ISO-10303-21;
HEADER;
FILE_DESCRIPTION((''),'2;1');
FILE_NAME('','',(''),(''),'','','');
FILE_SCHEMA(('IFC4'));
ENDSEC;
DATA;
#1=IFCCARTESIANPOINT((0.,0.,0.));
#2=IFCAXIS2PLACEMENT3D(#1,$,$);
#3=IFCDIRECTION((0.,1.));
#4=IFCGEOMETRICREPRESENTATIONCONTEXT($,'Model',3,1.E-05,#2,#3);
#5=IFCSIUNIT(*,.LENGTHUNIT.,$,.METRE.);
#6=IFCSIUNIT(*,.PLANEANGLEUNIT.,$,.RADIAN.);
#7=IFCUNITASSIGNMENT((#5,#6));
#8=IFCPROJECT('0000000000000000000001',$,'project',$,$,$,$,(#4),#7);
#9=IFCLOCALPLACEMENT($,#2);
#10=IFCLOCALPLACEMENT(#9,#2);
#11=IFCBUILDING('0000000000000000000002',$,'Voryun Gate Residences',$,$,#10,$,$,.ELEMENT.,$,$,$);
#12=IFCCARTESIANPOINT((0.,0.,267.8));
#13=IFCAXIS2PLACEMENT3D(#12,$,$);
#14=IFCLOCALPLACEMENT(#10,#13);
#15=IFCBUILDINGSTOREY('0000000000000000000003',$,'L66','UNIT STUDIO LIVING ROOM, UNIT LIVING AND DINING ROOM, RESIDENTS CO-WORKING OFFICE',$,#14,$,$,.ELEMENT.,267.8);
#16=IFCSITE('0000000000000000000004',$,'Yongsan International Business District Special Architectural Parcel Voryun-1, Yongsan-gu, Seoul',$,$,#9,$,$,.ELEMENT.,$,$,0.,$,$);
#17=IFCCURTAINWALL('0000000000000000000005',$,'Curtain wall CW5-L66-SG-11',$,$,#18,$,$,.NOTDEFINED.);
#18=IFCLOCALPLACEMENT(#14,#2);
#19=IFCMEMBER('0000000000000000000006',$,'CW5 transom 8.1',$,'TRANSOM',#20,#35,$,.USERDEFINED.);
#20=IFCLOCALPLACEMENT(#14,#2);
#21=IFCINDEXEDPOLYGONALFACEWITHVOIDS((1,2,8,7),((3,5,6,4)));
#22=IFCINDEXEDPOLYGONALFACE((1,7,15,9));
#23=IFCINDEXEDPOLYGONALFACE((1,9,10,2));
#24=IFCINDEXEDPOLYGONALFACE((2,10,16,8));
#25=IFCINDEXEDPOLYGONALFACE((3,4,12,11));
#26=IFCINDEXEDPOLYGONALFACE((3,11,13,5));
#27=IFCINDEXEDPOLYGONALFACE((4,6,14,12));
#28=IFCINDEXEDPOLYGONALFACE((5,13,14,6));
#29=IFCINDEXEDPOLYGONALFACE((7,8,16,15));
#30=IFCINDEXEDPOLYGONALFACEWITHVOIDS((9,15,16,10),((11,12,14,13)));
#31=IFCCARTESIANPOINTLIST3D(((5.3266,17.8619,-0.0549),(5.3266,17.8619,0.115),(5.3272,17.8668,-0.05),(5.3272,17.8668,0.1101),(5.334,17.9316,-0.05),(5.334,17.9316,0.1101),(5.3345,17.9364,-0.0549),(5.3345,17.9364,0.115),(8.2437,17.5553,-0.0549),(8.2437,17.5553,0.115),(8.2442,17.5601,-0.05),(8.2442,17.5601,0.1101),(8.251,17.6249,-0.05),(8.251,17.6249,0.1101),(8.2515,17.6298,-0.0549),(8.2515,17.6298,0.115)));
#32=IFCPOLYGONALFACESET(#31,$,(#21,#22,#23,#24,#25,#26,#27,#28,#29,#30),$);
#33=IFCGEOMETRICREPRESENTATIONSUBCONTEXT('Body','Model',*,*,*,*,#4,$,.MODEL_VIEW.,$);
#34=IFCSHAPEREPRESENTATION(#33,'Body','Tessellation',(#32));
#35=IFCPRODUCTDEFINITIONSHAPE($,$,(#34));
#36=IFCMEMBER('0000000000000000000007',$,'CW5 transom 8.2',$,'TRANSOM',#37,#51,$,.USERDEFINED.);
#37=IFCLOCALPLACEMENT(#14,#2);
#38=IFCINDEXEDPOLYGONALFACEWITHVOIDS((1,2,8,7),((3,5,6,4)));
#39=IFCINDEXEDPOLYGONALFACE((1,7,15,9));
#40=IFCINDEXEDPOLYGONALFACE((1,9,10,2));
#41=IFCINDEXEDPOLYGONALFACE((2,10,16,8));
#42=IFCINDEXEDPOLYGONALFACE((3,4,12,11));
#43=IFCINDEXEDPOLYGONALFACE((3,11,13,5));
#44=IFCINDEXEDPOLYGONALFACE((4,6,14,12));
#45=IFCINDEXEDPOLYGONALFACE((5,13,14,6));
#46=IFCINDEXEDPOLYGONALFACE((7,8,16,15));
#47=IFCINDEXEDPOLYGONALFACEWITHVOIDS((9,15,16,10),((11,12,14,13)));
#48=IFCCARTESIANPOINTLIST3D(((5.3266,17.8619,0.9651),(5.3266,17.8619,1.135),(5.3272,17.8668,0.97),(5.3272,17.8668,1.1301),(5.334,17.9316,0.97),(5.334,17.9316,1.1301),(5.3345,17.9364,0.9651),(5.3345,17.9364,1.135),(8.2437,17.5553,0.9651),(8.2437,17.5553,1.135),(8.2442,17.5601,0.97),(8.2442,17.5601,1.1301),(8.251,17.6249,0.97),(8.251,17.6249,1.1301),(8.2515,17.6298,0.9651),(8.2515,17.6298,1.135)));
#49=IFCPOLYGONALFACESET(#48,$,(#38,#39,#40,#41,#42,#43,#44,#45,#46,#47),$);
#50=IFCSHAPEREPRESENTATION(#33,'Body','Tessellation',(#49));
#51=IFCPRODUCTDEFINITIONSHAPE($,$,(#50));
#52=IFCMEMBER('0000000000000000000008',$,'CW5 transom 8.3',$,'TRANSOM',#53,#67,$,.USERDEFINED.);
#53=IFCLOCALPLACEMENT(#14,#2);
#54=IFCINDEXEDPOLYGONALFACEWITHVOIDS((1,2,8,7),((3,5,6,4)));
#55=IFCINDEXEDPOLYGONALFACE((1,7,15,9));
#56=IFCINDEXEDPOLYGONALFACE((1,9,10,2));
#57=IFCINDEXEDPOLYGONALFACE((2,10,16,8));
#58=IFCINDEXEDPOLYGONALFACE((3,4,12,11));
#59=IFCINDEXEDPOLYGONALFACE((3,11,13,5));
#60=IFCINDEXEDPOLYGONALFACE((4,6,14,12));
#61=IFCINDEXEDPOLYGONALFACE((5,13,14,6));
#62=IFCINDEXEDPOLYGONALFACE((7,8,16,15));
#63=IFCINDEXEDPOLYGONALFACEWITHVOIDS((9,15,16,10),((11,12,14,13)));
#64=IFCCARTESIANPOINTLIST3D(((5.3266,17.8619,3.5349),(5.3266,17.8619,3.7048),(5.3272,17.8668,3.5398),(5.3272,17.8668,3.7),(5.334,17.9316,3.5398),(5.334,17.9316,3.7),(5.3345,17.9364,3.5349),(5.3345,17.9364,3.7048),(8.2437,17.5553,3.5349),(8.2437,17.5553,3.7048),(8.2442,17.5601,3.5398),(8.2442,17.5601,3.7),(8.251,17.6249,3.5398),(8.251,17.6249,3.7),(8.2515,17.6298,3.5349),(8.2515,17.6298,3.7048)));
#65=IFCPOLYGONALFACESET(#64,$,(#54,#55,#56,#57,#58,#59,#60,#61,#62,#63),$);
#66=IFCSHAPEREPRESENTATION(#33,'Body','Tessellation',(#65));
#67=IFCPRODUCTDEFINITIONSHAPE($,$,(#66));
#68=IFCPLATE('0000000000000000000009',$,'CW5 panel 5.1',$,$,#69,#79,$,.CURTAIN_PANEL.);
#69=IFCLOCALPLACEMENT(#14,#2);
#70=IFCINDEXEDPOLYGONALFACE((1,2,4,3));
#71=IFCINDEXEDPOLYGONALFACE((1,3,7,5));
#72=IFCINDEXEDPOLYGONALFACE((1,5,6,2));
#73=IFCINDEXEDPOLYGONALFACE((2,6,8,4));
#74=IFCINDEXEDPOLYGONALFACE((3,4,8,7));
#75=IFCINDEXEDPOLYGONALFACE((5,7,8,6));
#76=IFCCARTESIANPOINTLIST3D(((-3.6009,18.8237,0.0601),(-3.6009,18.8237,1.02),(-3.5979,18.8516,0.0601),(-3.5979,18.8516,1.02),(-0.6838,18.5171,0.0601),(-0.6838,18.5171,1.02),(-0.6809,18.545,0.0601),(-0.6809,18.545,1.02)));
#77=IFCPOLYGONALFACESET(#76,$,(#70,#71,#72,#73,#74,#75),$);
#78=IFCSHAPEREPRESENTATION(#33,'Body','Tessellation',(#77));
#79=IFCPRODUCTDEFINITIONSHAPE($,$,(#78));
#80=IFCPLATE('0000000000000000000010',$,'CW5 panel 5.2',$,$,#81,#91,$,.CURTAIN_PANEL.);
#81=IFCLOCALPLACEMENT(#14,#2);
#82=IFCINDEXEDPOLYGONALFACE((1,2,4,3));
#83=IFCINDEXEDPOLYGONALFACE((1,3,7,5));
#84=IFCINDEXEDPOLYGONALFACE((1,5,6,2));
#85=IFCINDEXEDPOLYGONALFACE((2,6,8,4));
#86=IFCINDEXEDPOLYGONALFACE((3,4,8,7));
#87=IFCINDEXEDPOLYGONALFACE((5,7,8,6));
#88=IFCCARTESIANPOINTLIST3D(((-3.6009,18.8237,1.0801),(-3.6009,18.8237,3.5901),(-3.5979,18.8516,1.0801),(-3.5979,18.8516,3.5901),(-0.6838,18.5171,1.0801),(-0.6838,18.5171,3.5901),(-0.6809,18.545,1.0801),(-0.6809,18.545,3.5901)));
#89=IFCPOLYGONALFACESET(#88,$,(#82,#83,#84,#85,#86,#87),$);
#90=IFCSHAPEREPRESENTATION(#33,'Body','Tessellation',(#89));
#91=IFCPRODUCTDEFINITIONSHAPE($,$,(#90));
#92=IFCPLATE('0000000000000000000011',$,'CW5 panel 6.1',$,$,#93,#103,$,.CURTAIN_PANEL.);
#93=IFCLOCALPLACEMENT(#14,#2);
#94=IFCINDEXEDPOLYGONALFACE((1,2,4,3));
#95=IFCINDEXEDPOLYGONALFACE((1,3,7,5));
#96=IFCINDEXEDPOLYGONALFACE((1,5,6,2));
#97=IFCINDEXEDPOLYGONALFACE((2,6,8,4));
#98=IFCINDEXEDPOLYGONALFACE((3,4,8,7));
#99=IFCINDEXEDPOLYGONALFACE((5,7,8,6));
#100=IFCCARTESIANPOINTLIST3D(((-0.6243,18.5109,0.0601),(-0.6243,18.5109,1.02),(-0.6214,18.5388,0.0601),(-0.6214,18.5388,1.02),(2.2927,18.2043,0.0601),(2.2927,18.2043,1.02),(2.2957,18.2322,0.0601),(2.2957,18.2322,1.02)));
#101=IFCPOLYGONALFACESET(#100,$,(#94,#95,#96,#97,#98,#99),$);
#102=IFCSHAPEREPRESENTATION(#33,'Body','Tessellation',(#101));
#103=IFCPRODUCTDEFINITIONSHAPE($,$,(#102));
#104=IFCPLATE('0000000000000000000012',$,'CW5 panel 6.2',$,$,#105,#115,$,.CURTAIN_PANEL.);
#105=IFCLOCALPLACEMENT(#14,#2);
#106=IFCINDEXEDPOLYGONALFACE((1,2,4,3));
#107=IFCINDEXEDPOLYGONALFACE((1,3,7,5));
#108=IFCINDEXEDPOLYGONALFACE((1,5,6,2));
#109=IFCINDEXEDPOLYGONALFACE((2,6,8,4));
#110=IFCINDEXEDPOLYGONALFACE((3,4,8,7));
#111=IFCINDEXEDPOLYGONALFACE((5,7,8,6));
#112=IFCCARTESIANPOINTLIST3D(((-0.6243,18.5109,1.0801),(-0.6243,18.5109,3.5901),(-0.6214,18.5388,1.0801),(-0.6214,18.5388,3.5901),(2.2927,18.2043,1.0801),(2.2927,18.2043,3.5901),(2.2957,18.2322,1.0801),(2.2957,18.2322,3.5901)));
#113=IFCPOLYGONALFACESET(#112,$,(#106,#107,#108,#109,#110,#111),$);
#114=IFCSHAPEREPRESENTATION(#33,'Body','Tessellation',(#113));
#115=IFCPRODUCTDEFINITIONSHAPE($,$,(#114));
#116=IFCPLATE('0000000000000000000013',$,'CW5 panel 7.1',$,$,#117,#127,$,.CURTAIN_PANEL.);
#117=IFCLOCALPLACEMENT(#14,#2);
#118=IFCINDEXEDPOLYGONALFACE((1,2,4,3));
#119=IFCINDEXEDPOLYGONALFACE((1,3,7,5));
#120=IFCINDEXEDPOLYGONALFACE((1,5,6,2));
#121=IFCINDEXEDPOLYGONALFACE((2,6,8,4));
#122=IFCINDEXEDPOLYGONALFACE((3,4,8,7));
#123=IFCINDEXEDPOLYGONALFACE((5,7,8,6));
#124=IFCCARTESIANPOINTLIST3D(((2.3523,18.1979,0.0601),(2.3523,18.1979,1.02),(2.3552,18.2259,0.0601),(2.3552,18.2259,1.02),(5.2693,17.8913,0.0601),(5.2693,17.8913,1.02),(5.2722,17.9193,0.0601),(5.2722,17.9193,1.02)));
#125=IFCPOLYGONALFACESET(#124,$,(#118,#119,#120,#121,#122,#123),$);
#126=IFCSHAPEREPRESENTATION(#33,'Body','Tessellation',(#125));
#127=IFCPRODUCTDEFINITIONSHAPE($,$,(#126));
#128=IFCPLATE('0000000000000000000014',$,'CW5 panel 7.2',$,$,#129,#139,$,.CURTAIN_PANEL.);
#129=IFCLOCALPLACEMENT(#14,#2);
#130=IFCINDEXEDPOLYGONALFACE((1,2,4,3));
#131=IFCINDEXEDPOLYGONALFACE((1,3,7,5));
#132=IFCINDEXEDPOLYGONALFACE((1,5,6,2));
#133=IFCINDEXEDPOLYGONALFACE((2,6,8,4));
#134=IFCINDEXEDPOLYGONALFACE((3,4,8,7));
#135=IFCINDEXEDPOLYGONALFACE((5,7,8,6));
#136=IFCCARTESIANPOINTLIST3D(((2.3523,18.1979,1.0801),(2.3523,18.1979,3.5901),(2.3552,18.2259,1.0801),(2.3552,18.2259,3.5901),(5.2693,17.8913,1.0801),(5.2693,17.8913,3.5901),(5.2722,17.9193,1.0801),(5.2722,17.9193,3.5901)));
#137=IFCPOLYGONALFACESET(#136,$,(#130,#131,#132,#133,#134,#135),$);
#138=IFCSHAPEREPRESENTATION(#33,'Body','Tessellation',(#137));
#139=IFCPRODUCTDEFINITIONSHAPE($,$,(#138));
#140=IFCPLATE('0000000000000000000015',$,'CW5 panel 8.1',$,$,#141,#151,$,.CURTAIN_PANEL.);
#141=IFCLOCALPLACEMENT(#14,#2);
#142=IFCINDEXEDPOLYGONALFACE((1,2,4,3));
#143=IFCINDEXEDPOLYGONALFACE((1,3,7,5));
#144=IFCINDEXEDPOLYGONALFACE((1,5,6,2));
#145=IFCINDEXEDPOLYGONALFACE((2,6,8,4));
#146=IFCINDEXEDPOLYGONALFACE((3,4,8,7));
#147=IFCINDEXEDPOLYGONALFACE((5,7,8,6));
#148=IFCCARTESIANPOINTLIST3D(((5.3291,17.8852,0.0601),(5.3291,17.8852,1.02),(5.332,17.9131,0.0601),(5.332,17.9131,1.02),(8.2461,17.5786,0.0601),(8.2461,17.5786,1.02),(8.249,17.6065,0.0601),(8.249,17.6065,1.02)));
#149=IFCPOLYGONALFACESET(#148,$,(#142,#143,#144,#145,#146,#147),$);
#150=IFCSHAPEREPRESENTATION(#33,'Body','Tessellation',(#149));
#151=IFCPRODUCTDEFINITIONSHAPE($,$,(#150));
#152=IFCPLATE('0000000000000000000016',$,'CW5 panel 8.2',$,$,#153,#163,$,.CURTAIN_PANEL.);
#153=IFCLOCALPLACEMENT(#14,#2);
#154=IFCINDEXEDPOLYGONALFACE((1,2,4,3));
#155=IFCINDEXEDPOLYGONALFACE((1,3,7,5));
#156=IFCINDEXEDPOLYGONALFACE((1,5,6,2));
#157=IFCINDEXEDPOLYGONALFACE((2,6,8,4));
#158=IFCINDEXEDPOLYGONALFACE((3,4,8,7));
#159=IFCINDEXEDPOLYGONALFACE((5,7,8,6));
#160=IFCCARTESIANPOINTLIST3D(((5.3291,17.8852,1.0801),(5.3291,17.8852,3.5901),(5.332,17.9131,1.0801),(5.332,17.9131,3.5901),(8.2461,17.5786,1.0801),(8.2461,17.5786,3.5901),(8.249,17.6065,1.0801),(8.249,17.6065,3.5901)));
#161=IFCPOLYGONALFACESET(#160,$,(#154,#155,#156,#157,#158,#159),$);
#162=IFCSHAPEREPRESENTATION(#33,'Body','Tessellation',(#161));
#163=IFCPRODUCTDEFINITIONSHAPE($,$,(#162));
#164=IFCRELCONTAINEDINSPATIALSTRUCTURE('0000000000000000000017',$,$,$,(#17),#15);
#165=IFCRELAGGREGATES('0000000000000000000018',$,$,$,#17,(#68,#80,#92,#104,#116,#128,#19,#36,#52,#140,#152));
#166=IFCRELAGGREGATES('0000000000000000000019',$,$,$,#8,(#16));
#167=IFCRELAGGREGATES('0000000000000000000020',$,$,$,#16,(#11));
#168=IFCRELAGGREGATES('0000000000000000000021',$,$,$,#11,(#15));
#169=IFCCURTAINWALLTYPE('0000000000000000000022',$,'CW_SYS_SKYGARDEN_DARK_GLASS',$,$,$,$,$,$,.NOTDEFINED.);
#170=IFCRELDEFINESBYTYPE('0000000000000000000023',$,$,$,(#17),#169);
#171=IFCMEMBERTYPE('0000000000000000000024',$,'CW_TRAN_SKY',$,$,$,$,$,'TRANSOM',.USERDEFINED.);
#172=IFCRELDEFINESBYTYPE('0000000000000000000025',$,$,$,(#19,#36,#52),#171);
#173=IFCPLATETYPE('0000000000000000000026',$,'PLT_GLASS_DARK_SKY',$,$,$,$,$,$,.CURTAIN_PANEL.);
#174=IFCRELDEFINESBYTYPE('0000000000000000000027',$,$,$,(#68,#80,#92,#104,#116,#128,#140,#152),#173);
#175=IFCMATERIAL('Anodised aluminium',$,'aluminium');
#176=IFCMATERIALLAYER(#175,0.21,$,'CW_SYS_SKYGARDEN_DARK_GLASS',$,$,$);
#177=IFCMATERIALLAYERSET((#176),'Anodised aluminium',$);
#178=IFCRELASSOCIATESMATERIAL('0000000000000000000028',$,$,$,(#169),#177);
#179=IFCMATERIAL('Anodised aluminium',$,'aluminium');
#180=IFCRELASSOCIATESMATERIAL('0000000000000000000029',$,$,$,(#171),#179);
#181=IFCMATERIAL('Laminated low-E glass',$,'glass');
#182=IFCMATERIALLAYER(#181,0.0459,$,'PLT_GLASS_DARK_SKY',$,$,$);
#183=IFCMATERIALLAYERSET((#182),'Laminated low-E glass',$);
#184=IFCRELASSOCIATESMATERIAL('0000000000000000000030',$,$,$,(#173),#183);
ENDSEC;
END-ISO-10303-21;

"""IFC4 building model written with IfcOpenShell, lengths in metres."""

from ifc_helpers import new_model, si_unit, direction, frame, origin, origin_2d, place, context, subcontext, project, spatial, rectangle, hollow_rectangle, extrude, material, layer, layer_set, material_profile, profile_set, type_object, element, aggregate, save


model = new_model("IFC4")

# Units and contexts
model_context = context("Model", 3, precision=1e-05, world=origin(), true_north=direction((0.0, 1.0)))
body_context = subcontext(model_context, "Body", "Model", "MODEL_VIEW")
ifc_project = project(units=[si_unit("LENGTHUNIT", "METRE"), si_unit("PLANEANGLEUNIT", "RADIAN")], contexts=[model_context])

# Site, building, storey
site_placement = place(None, origin())
site = spatial("IfcSite", under=ifc_project, at=site_placement, Name="Yongsan International Business District Special Architectural Parcel Voryun-1, Yongsan-gu, Seoul", CompositionType="ELEMENT", RefElevation=0.0)
building_placement = place(site_placement, origin())
building = spatial("IfcBuilding", under=site, at=building_placement, Name="Voryun Gate Residences", CompositionType="ELEMENT")
storey_placement = place(building_placement, frame((0.0, 0.0, 267.8)))
storey = spatial("IfcBuildingStorey", under=building, at=storey_placement, Name="L66", Description="UNIT STUDIO LIVING ROOM, UNIT LIVING AND DINING ROOM, RESIDENTS CO-WORKING OFFICE", CompositionType="ELEMENT", Elevation=267.8)

# Curtain wall, members, plates
ifc_material_1 = material(Name="Anodised aluminium", Category="aluminium")
ifc_layer_1 = layer(ifc_material_1, 0.21, Name="CW_SYS_SKYGARDEN_DARK_GLASS")
ifc_layer_set_1 = layer_set([ifc_layer_1], Name="Anodised aluminium")
curtain_wall_type = type_object("IfcCurtainWallType", Name="CW_SYS_SKYGARDEN_DARK_GLASS", PredefinedType="NOTDEFINED", material=ifc_layer_set_1)
curtain_wall_placement = place(storey_placement, origin())
curtain_wall = element("IfcCurtainWall", 1, at=curtain_wall_placement, inside=storey, type_object=curtain_wall_type, Name="Curtain wall CW5-L66-SG-11", PredefinedType="NOTDEFINED")
ifc_material_2 = material(Name="Anodised aluminium", Category="aluminium")
ifc_material_profile_1 = material_profile(ifc_material_2, hollow_rectangle(XDim=0.075, YDim=0.1699, WallThickness=0.0049, at=origin_2d()), Name="ALU-TRAN-170x75x5")
ifc_profile_set_1 = profile_set([ifc_material_profile_1], Name="Anodised aluminium")
member_type_1 = type_object("IfcMemberType", Name="CW_TRAN_SKY", ElementType="TRANSOM", PredefinedType="USERDEFINED", material=ifc_profile_set_1)
member_1_placement = place(storey_placement, frame((5.3306, 17.8992, 0.03), z_axis=(0.99452, -0.104546, 0.0), x_axis=(0.104546, 0.99452, 0.0)))
member_1 = element("IfcMember", 2, at=member_1_placement, type_object=member_type_1, Name="CW5 transom 8.1", ObjectType="TRANSOM", PredefinedType="USERDEFINED", context=body_context, shape_type="SweptSolid", body=[
    extrude(hollow_rectangle(XDim=0.075, YDim=0.1699, WallThickness=0.0049, at=origin_2d()), origin(), (0.0, 0.0, 1.0), 2.9331),
])
member_2_placement = place(storey_placement, frame((5.3306, 17.8992, 1.05), z_axis=(0.99452, -0.104546, 0.0), x_axis=(0.104546, 0.99452, 0.0)))
member_2 = element("IfcMember", 3, at=member_2_placement, type_object=member_type_1, Name="CW5 transom 8.2", ObjectType="TRANSOM", PredefinedType="USERDEFINED", context=body_context, shape_type="SweptSolid", body=[
    extrude(hollow_rectangle(XDim=0.075, YDim=0.1699, WallThickness=0.0049, at=origin_2d()), origin(), (0.0, 0.0, 1.0), 2.9331),
])
member_3_placement = place(storey_placement, frame((5.3306, 17.8992, 3.6199), z_axis=(0.99452, -0.104546, 0.0), x_axis=(0.104546, 0.99452, 0.0)))
member_3 = element("IfcMember", 4, at=member_3_placement, type_object=member_type_1, Name="CW5 transom 8.3", ObjectType="TRANSOM", PredefinedType="USERDEFINED", context=body_context, shape_type="SweptSolid", body=[
    extrude(hollow_rectangle(XDim=0.075, YDim=0.1699, WallThickness=0.0049, at=origin_2d()), origin(), (0.0, 0.0, 1.0), 2.9331),
])
ifc_material_3 = material(Name="Laminated low-E glass", Category="glass")
ifc_layer_2 = layer(ifc_material_3, 0.0459, Name="PLT_GLASS_DARK_SKY")
ifc_layer_set_2 = layer_set([ifc_layer_2], Name="Laminated low-E glass")
plate_type = type_object("IfcPlateType", Name="PLT_GLASS_DARK_SKY", PredefinedType="CURTAIN_PANEL", material=ifc_layer_set_2)
plate_1_placement = place(storey_placement, frame((-2.1409, 18.6843, 0.0601), z_axis=(0.0, 0.0, 1.0), x_axis=(0.994521, -0.104532, 0.0)))
plate_1 = element("IfcPlate", 5, at=plate_1_placement, type_object=plate_type, Name="CW5 panel 5.1", PredefinedType="CURTAIN_PANEL", context=body_context, shape_type="SweptSolid", body=[
    extrude(rectangle(XDim=2.9331, YDim=0.0281, at=origin_2d()), origin(), (0.0, 0.0, 1.0), 0.96),
])
plate_2_placement = place(storey_placement, frame((-2.1409, 18.6843, 1.0801), z_axis=(0.0, 0.0, 1.0), x_axis=(0.994521, -0.104532, 0.0)))
plate_2 = element("IfcPlate", 6, at=plate_2_placement, type_object=plate_type, Name="CW5 panel 5.2", PredefinedType="CURTAIN_PANEL", context=body_context, shape_type="SweptSolid", body=[
    extrude(rectangle(XDim=2.9331, YDim=0.0281, at=origin_2d()), origin(), (0.0, 0.0, 1.0), 2.51),
])
plate_3_placement = place(storey_placement, frame((0.8357, 18.3716, 0.0601), z_axis=(0.0, 0.0, 1.0), x_axis=(0.994521, -0.104532, 0.0)))
plate_3 = element("IfcPlate", 7, at=plate_3_placement, type_object=plate_type, Name="CW5 panel 6.1", PredefinedType="CURTAIN_PANEL", context=body_context, shape_type="SweptSolid", body=[
    extrude(rectangle(XDim=2.9331, YDim=0.0281, at=origin_2d()), origin(), (0.0, 0.0, 1.0), 0.96),
])
plate_4_placement = place(storey_placement, frame((0.8357, 18.3716, 1.0801), z_axis=(0.0, 0.0, 1.0), x_axis=(0.994521, -0.104532, 0.0)))
plate_4 = element("IfcPlate", 8, at=plate_4_placement, type_object=plate_type, Name="CW5 panel 6.2", PredefinedType="CURTAIN_PANEL", context=body_context, shape_type="SweptSolid", body=[
    extrude(rectangle(XDim=2.9331, YDim=0.0281, at=origin_2d()), origin(), (0.0, 0.0, 1.0), 2.51),
])
plate_5_placement = place(storey_placement, frame((3.8123, 18.0586, 0.0601), z_axis=(0.0, 0.0, 1.0), x_axis=(0.994521, -0.104532, 0.0)))
plate_5 = element("IfcPlate", 9, at=plate_5_placement, type_object=plate_type, Name="CW5 panel 7.1", PredefinedType="CURTAIN_PANEL", context=body_context, shape_type="SweptSolid", body=[
    extrude(rectangle(XDim=2.9331, YDim=0.0281, at=origin_2d()), origin(), (0.0, 0.0, 1.0), 0.96),
])
plate_6_placement = place(storey_placement, frame((3.8123, 18.0586, 1.0801), z_axis=(0.0, 0.0, 1.0), x_axis=(0.994521, -0.104532, 0.0)))
plate_6 = element("IfcPlate", 10, at=plate_6_placement, type_object=plate_type, Name="CW5 panel 7.2", PredefinedType="CURTAIN_PANEL", context=body_context, shape_type="SweptSolid", body=[
    extrude(rectangle(XDim=2.9331, YDim=0.0281, at=origin_2d()), origin(), (0.0, 0.0, 1.0), 2.51),
])
plate_7_placement = place(storey_placement, frame((6.7891, 17.7458, 0.0601), z_axis=(0.0, 0.0, 1.0), x_axis=(0.994521, -0.104532, 0.0)))
plate_7 = element("IfcPlate", 11, at=plate_7_placement, type_object=plate_type, Name="CW5 panel 8.1", PredefinedType="CURTAIN_PANEL", context=body_context, shape_type="SweptSolid", body=[
    extrude(rectangle(XDim=2.9331, YDim=0.0281, at=origin_2d()), origin(), (0.0, 0.0, 1.0), 0.96),
])
plate_8_placement = place(storey_placement, frame((6.7891, 17.7458, 1.0801), z_axis=(0.0, 0.0, 1.0), x_axis=(0.994521, -0.104532, 0.0)))
plate_8 = element("IfcPlate", 12, at=plate_8_placement, type_object=plate_type, Name="CW5 panel 8.2", PredefinedType="CURTAIN_PANEL", context=body_context, shape_type="SweptSolid", body=[
    extrude(rectangle(XDim=2.9331, YDim=0.0281, at=origin_2d()), origin(), (0.0, 0.0, 1.0), 2.51),
])
aggregate(curtain_wall, [plate_1, plate_2, plate_3, plate_4, plate_5, plate_6, member_1, member_2, member_3, plate_7, plate_8])

save(model, "model.ifc")
